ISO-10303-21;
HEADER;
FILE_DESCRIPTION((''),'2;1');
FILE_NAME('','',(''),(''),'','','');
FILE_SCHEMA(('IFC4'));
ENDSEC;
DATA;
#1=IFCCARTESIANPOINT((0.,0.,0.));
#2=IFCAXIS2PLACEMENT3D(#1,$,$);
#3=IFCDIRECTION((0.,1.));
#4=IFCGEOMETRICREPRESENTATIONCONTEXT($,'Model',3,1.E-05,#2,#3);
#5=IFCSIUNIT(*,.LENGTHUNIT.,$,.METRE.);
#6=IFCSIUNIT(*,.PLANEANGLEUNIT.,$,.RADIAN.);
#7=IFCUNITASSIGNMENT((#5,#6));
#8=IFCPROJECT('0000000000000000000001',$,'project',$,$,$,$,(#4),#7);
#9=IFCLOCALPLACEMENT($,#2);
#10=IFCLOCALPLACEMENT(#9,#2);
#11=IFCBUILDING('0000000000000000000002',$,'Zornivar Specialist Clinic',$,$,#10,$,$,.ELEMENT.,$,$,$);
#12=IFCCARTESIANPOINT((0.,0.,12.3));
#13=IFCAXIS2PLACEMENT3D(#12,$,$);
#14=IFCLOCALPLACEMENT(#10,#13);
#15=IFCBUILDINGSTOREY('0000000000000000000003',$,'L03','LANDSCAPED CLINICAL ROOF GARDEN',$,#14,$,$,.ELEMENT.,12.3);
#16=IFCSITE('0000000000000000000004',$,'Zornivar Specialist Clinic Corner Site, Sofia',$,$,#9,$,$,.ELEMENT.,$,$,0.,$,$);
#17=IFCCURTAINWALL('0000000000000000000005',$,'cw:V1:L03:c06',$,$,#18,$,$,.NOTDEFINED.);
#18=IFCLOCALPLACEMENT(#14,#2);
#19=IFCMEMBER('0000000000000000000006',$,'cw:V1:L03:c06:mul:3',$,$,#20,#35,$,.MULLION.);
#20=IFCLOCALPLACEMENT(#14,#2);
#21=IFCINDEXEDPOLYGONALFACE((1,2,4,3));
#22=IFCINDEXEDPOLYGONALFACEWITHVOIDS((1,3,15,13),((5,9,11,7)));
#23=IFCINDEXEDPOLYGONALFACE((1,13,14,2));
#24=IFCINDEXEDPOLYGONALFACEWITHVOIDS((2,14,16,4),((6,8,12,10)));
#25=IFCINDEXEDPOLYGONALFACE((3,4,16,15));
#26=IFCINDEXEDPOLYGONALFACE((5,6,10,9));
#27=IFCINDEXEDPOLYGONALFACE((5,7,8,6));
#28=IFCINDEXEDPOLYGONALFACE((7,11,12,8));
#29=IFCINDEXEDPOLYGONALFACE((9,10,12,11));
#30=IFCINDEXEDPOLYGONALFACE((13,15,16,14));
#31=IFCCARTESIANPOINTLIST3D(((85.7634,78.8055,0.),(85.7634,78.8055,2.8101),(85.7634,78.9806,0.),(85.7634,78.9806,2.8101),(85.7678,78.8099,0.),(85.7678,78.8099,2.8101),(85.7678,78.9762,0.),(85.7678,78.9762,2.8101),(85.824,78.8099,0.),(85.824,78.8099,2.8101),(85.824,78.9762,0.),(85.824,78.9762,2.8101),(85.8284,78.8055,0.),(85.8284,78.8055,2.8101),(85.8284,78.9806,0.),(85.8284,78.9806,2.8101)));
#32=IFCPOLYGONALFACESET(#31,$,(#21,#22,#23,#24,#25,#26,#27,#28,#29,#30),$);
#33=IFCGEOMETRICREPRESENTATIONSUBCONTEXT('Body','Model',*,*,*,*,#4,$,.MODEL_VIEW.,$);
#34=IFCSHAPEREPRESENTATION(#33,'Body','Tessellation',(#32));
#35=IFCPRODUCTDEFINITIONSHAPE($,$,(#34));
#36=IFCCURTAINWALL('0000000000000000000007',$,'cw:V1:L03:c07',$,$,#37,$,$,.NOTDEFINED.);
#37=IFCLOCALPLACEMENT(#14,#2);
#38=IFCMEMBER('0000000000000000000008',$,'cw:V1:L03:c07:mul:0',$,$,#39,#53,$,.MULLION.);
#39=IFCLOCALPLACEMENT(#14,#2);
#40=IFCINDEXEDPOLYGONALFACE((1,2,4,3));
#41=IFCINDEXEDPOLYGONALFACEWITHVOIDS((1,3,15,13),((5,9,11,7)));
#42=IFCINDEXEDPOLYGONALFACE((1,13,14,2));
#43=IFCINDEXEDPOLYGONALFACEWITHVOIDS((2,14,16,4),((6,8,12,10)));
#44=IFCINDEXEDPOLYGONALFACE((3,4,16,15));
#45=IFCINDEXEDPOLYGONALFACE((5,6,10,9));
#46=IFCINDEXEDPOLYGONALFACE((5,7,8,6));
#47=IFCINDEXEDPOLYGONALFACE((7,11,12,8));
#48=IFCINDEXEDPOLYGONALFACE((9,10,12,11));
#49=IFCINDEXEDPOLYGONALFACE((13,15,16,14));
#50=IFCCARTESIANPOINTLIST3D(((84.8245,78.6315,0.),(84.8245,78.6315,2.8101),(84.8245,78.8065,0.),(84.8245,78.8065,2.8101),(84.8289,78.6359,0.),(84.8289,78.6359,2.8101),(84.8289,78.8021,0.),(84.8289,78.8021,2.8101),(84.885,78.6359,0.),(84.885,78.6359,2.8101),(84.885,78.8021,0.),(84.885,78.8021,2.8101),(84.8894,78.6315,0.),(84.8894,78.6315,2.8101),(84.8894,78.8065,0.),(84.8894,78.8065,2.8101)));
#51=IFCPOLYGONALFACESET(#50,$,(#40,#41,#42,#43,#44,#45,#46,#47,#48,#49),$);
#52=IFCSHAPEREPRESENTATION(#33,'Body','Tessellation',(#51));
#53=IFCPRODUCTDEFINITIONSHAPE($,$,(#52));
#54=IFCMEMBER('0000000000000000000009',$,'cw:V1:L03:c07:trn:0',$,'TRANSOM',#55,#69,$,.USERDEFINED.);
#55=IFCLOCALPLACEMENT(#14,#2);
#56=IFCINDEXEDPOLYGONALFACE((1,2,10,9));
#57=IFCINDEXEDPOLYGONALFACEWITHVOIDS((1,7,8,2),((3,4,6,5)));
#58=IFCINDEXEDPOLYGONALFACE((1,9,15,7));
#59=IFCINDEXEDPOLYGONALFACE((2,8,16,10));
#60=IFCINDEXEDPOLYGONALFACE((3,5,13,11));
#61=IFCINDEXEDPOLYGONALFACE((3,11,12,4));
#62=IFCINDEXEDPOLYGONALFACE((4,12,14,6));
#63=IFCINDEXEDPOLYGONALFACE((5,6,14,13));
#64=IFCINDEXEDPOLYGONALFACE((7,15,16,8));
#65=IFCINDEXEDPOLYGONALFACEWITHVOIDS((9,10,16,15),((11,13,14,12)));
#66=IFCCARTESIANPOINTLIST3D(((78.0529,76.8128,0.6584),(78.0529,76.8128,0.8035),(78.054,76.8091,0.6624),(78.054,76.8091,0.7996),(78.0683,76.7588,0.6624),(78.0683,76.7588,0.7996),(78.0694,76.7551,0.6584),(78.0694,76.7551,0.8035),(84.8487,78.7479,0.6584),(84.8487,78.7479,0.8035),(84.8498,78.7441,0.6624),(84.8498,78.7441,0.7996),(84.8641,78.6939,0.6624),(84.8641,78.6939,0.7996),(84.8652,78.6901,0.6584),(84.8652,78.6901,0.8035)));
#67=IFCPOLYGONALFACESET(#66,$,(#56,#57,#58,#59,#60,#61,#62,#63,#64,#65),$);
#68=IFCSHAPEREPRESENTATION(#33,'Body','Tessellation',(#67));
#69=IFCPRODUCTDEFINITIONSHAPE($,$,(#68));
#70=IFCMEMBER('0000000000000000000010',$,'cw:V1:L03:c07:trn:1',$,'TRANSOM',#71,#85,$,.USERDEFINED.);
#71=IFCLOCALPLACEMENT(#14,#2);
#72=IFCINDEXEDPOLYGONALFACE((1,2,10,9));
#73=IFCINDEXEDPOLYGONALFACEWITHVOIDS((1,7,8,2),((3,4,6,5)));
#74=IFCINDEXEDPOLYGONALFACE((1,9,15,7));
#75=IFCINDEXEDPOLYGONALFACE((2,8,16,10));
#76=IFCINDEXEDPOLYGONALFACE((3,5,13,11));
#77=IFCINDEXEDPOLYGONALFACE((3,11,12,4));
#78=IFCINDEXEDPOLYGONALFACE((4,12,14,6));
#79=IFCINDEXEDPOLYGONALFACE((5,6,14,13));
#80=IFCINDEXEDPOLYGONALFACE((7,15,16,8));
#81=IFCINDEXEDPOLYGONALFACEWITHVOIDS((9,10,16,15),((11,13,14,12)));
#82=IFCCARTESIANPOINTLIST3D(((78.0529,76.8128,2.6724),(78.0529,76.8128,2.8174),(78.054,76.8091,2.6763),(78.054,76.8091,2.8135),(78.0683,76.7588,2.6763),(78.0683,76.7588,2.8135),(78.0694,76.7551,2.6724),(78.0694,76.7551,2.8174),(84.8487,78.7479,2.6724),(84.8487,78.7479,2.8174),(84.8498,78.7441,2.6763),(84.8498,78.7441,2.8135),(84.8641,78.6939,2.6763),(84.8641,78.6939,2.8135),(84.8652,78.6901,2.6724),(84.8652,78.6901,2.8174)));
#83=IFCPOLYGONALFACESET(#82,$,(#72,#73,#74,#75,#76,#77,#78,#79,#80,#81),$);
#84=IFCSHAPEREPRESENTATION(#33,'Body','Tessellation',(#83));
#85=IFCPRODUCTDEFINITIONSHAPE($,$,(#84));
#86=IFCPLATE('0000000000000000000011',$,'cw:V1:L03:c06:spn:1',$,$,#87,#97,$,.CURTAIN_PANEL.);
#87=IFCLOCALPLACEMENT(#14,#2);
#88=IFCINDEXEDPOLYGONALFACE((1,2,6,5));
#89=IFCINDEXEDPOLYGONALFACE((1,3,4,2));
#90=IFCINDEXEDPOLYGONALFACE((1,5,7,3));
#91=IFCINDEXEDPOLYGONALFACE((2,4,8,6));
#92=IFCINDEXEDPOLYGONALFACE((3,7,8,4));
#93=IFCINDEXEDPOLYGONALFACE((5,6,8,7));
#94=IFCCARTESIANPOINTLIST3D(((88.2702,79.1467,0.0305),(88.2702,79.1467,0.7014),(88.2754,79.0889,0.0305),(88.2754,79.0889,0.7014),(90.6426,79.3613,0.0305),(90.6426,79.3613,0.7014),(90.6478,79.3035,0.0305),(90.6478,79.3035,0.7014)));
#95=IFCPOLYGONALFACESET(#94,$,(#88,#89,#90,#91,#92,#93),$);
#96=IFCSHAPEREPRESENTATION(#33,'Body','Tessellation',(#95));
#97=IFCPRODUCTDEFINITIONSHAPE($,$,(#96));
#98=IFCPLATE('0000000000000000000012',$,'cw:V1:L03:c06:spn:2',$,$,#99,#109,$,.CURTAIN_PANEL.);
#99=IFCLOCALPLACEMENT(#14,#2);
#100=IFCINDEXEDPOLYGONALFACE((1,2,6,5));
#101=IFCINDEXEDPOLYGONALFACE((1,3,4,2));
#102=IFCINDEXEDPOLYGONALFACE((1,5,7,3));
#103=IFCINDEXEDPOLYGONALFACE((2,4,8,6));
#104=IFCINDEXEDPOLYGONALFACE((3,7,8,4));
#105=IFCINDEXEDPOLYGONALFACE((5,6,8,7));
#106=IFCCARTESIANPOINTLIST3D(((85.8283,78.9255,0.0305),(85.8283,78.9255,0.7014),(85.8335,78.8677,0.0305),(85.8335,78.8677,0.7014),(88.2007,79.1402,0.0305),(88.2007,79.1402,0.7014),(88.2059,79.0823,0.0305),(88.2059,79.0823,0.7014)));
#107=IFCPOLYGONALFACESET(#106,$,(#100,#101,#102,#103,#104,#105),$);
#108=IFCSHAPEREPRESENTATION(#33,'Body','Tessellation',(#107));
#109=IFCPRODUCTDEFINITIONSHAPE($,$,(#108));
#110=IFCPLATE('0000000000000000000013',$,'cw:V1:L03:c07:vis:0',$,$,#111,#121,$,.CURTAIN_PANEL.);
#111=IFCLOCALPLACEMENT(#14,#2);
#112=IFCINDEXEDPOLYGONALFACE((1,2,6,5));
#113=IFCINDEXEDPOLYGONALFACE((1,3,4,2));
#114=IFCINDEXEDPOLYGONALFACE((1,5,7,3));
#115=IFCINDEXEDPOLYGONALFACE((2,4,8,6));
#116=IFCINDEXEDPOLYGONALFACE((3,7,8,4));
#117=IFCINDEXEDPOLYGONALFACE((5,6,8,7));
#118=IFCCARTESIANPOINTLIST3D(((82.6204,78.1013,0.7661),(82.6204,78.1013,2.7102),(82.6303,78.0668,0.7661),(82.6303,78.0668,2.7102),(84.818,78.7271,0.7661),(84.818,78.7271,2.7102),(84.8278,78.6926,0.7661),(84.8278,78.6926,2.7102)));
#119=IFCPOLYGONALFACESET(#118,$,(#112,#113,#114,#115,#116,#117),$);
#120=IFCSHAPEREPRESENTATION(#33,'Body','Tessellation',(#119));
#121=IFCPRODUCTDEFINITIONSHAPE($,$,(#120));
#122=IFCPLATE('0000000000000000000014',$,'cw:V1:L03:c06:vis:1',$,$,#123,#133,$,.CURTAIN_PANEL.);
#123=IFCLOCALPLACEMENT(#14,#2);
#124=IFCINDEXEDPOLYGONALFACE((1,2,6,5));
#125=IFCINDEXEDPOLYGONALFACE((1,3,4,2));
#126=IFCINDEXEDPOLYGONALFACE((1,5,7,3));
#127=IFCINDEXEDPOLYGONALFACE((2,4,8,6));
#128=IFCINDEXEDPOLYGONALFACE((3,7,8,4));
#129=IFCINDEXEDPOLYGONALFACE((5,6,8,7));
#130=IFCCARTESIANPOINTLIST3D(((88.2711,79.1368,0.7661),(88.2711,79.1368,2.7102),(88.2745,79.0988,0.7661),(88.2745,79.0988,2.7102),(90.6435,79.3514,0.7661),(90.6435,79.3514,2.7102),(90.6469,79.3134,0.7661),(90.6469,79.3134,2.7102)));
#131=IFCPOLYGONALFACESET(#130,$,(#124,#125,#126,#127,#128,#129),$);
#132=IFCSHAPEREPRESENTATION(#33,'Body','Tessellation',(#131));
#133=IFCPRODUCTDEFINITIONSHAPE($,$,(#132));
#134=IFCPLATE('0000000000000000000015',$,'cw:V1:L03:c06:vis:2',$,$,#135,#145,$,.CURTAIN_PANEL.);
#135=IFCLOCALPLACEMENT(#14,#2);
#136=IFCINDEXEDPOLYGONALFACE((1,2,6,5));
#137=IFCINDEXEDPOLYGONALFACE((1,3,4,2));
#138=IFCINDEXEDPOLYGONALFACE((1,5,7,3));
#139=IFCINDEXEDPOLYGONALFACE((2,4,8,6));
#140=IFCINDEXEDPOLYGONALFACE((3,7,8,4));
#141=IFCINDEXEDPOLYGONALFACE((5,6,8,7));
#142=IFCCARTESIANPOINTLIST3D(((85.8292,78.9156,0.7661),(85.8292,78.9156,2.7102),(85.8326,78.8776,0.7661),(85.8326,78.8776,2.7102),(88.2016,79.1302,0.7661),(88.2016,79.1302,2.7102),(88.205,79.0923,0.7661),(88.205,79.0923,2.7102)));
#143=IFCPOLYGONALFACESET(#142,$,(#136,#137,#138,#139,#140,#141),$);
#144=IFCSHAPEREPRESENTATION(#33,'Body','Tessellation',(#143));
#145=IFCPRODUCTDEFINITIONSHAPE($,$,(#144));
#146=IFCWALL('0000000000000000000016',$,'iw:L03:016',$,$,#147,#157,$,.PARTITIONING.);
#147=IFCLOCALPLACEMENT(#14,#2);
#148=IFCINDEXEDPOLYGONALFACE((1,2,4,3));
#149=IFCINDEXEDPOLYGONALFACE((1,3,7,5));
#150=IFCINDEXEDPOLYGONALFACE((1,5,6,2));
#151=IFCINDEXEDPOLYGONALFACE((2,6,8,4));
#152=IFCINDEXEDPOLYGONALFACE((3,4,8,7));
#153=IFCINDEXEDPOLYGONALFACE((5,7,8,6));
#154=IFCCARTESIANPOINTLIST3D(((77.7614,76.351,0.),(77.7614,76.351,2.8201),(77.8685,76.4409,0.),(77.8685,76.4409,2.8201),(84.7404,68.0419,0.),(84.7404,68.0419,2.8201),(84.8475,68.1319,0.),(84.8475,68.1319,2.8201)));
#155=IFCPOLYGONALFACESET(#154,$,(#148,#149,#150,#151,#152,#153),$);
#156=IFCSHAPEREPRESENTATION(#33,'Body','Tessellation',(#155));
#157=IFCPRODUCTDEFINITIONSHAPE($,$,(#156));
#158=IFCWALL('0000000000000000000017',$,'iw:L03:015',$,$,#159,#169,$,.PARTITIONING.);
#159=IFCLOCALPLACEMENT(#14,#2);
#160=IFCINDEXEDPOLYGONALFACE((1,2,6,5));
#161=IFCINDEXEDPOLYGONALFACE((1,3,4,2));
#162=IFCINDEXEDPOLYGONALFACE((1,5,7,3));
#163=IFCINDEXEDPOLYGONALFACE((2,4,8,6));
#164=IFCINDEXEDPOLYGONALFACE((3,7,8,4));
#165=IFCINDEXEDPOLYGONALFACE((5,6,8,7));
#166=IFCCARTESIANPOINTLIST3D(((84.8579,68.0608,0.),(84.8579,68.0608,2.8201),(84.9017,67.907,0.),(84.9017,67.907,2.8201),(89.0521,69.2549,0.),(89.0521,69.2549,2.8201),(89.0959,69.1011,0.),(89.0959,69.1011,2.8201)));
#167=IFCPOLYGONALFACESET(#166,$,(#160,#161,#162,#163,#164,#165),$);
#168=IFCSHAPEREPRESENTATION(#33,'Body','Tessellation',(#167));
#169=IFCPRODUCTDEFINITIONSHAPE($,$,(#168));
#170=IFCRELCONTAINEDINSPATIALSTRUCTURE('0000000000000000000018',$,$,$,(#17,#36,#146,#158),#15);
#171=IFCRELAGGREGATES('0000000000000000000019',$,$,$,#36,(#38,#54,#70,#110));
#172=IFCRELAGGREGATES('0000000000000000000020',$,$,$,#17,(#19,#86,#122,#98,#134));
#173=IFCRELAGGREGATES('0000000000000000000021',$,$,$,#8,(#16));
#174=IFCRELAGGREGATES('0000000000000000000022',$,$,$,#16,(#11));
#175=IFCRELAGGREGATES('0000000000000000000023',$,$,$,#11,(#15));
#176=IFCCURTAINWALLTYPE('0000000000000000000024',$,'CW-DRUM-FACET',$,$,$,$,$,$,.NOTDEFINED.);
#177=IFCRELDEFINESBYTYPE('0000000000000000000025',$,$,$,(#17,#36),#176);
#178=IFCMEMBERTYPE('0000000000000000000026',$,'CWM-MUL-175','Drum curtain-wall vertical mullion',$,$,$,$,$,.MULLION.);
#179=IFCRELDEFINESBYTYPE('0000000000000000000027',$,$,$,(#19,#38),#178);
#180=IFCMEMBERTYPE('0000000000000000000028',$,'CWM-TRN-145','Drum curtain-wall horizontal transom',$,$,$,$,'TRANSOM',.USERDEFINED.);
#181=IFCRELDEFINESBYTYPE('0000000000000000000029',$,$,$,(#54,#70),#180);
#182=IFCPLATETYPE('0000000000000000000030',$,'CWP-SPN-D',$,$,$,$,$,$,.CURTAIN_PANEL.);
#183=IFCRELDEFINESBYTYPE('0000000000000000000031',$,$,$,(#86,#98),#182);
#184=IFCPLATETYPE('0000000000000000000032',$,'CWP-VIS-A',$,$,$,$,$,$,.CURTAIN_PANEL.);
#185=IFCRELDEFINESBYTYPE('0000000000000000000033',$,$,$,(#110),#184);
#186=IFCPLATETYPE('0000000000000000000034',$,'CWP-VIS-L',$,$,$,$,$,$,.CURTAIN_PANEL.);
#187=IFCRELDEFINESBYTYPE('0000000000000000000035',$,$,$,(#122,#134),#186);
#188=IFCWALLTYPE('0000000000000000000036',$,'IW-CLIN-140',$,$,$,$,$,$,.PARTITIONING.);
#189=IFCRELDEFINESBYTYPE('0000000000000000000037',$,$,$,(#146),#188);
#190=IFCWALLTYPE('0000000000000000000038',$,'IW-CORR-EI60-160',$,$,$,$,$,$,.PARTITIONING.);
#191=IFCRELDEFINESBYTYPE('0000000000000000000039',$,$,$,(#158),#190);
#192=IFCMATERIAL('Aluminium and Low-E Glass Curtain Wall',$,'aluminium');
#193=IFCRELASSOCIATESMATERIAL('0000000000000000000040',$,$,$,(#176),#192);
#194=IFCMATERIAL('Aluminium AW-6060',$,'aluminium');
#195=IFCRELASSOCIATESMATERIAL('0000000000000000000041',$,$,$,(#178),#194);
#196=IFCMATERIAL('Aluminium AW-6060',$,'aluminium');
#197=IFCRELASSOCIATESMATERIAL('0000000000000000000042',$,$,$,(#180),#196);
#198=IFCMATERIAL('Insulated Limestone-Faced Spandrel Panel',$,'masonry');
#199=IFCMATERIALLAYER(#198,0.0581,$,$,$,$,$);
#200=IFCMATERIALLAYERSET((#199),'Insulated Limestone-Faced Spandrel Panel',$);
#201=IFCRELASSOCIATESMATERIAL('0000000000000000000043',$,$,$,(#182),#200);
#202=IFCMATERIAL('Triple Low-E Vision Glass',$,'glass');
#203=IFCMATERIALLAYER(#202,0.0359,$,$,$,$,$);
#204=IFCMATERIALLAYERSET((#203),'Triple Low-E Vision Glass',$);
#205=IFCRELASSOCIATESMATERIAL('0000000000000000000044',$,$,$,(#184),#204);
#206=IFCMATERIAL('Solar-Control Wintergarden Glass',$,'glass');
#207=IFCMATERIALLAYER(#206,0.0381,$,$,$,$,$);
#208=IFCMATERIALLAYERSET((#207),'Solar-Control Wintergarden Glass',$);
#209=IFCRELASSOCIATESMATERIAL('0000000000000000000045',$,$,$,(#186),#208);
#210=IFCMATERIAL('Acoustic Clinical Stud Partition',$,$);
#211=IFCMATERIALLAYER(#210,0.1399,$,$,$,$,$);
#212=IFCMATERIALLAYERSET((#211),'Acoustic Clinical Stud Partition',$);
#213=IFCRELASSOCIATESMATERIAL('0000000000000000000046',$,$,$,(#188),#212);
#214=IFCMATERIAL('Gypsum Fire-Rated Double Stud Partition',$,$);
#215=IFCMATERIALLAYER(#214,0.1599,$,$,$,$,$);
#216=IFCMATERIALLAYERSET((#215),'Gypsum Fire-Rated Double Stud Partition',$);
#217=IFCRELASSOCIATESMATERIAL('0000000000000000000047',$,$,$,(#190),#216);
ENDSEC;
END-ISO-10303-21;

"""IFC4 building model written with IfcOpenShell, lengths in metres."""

from ifc_helpers import new_model, si_unit, direction, frame, frame_2d, origin, origin_2d, place, context, subcontext, project, spatial, rectangle, hollow_rectangle, extrude, material, layer, layer_set, material_profile, profile_set, type_object, element, aggregate, save


model = new_model("IFC4")

# Units and contexts
model_context = context("Model", 3, precision=1e-05, world=origin(), true_north=direction((0.0, 1.0)))
body_context = subcontext(model_context, "Body", "Model", "MODEL_VIEW")
ifc_project = project(units=[si_unit("LENGTHUNIT", "METRE"), si_unit("PLANEANGLEUNIT", "RADIAN")], contexts=[model_context])

# Site, building, storey
site_placement = place(None, origin())
site = spatial("IfcSite", under=ifc_project, at=site_placement, Name="Zornivar Specialist Clinic Corner Site, Sofia", CompositionType="ELEMENT", RefElevation=0.0)
building_placement = place(site_placement, origin())
building = spatial("IfcBuilding", under=site, at=building_placement, Name="Zornivar Specialist Clinic", CompositionType="ELEMENT")
storey_placement = place(building_placement, frame((0.0, 0.0, 12.3)))
storey = spatial("IfcBuildingStorey", under=building, at=storey_placement, Name="L03", Description="LANDSCAPED CLINICAL ROOF GARDEN", CompositionType="ELEMENT", Elevation=12.3)

# Curtain walls, members
ifc_material_1 = material(Name="Aluminium and Low-E Glass Curtain Wall", Category="aluminium")
curtain_wall_type = type_object("IfcCurtainWallType", Name="CW-DRUM-FACET", PredefinedType="NOTDEFINED", material=ifc_material_1)
curtain_wall_1_placement = place(storey_placement, origin())
curtain_wall_1 = element("IfcCurtainWall", 1, at=curtain_wall_1_placement, inside=storey, type_object=curtain_wall_type, Name="cw:V1:L03:c06", PredefinedType="NOTDEFINED")
ifc_material_2 = material(Name="Aluminium AW-6060", Category="aluminium")
ifc_material_profile_1 = material_profile(ifc_material_2, hollow_rectangle(XDim=0.0649, YDim=0.175, WallThickness=0.0044, at=origin_2d()), Name="ALU 65x175x4.5")
ifc_profile_set_1 = profile_set([ifc_material_profile_1], Name="Aluminium AW-6060")
member_type_1 = type_object("IfcMemberType", Name="CWM-MUL-175", Description="Drum curtain-wall vertical mullion", PredefinedType="MULLION", material=ifc_profile_set_1)
member_1_placement = place(storey_placement, frame((85.7959, 78.8931, 0.0), z_axis=(0.0, 0.0, 1.0), x_axis=(1.0, 0.0, 0.0)))
member_1 = element("IfcMember", 2, at=member_1_placement, type_object=member_type_1, Name="cw:V1:L03:c06:mul:3", PredefinedType="MULLION", context=body_context, shape_type="SweptSolid", body=[
    extrude(hollow_rectangle(XDim=0.0649, YDim=0.175, WallThickness=0.0044, at=origin_2d()), origin(), (0.0, 0.0, 1.0), 2.8101),
])
curtain_wall_2_placement = place(storey_placement, origin())
curtain_wall_2 = element("IfcCurtainWall", 3, at=curtain_wall_2_placement, inside=storey, type_object=curtain_wall_type, Name="cw:V1:L03:c07", PredefinedType="NOTDEFINED")
member_2_placement = place(storey_placement, frame((84.8569, 78.719, 0.0), z_axis=(0.0, 0.0, 1.0), x_axis=(1.0, 0.0, 0.0)))
member_2 = element("IfcMember", 4, at=member_2_placement, type_object=member_type_1, Name="cw:V1:L03:c07:mul:0", PredefinedType="MULLION", context=body_context, shape_type="SweptSolid", body=[
    extrude(hollow_rectangle(XDim=0.0649, YDim=0.175, WallThickness=0.0044, at=origin_2d()), origin(), (0.0, 0.0, 1.0), 2.8101),
])
ifc_material_3 = material(Name="Aluminium AW-6060", Category="aluminium")
ifc_material_profile_2 = material_profile(ifc_material_3, hollow_rectangle(XDim=0.0601, YDim=0.145, WallThickness=0.0039, at=origin_2d()), Name="ALU 60x145x4")
ifc_profile_set_2 = profile_set([ifc_material_profile_2], Name="Aluminium AW-6060")
member_type_2 = type_object("IfcMemberType", Name="CWM-TRN-145", Description="Drum curtain-wall horizontal transom", ElementType="TRANSOM", PredefinedType="USERDEFINED", material=ifc_profile_set_2)
member_3_placement = place(storey_placement, frame((84.8569, 78.719, 0.731), z_axis=(-0.961771, -0.273854, 0.0), x_axis=(0.273854, -0.961771, 0.0)))
member_3 = element("IfcMember", 5, at=member_3_placement, type_object=member_type_2, Name="cw:V1:L03:c07:trn:0", ObjectType="TRANSOM", PredefinedType="USERDEFINED", context=body_context, shape_type="SweptSolid", body=[
    extrude(hollow_rectangle(XDim=0.0601, YDim=0.145, WallThickness=0.0039, at=origin_2d()), origin(), (0.0, 0.0, 1.0), 7.0659),
])
member_4_placement = place(storey_placement, frame((84.8569, 78.719, 2.7449), z_axis=(-0.961771, -0.273854, 0.0), x_axis=(0.273854, -0.961771, 0.0)))
member_4 = element("IfcMember", 6, at=member_4_placement, type_object=member_type_2, Name="cw:V1:L03:c07:trn:1", ObjectType="TRANSOM", PredefinedType="USERDEFINED", context=body_context, shape_type="SweptSolid", body=[
    extrude(hollow_rectangle(XDim=0.0601, YDim=0.145, WallThickness=0.0039, at=origin_2d()), origin(), (0.0, 0.0, 1.0), 7.0659),
])

# Plates
ifc_material_4 = material(Name="Insulated Limestone-Faced Spandrel Panel", Category="masonry")
ifc_layer_1 = layer(ifc_material_4, 0.0581)
ifc_layer_set_1 = layer_set([ifc_layer_1], Name="Insulated Limestone-Faced Spandrel Panel")
plate_type_1 = type_object("IfcPlateType", Name="CWP-SPN-D", PredefinedType="CURTAIN_PANEL", material=ifc_layer_set_1)
plate_1_placement = place(storey_placement, frame((89.459, 79.2251, 0.0305), z_axis=(0.0, 0.0, 1.0), x_axis=(-0.995933, -0.090099, 0.0)))
plate_1 = element("IfcPlate", 7, at=plate_1_placement, type_object=plate_type_1, Name="cw:V1:L03:c06:spn:1", PredefinedType="CURTAIN_PANEL", context=body_context, shape_type="SweptSolid", body=[
    extrude(rectangle(XDim=2.3821, YDim=0.0581, at=origin_2d()), origin(), (0.0, 0.0, 1.0), 0.6709),
])
plate_2_placement = place(storey_placement, frame((87.0171, 79.0039, 0.0305), z_axis=(0.0, 0.0, 1.0), x_axis=(-0.995933, -0.090099, 0.0)))
plate_2 = element("IfcPlate", 8, at=plate_2_placement, type_object=plate_type_1, Name="cw:V1:L03:c06:spn:2", PredefinedType="CURTAIN_PANEL", context=body_context, shape_type="SweptSolid", body=[
    extrude(rectangle(XDim=2.3821, YDim=0.0581, at=origin_2d()), origin(), (0.0, 0.0, 1.0), 0.6709),
])
ifc_material_5 = material(Name="Triple Low-E Vision Glass", Category="glass")
ifc_layer_2 = layer(ifc_material_5, 0.0359)
ifc_layer_set_2 = layer_set([ifc_layer_2], Name="Triple Low-E Vision Glass")
plate_type_2 = type_object("IfcPlateType", Name="CWP-VIS-A", PredefinedType="CURTAIN_PANEL", material=ifc_layer_set_2)
plate_3_placement = place(storey_placement, frame((83.7241, 78.397, 0.7661), z_axis=(0.0, 0.0, 1.0), x_axis=(-0.961761, -0.273889, 0.0)))
plate_3 = element("IfcPlate", 9, at=plate_3_placement, type_object=plate_type_2, Name="cw:V1:L03:c07:vis:0", PredefinedType="CURTAIN_PANEL", context=body_context, shape_type="SweptSolid", body=[
    extrude(rectangle(XDim=2.2849, YDim=0.0359, at=origin_2d()), origin(), (0.0, 0.0, 1.0), 1.9441),
])
aggregate(curtain_wall_2, [member_2, member_3, member_4, plate_3])
ifc_material_6 = material(Name="Solar-Control Wintergarden Glass", Category="glass")
ifc_layer_3 = layer(ifc_material_6, 0.0381)
ifc_layer_set_3 = layer_set([ifc_layer_3], Name="Solar-Control Wintergarden Glass")
plate_type_3 = type_object("IfcPlateType", Name="CWP-VIS-L", PredefinedType="CURTAIN_PANEL", material=ifc_layer_set_3)
plate_4_placement = place(storey_placement, frame((89.459, 79.2251, 0.7661), z_axis=(0.0, 0.0, 1.0), x_axis=(-0.995933, -0.090099, 0.0)))
plate_4 = element("IfcPlate", 10, at=plate_4_placement, type_object=plate_type_3, Name="cw:V1:L03:c06:vis:1", PredefinedType="CURTAIN_PANEL", context=body_context, shape_type="SweptSolid", body=[
    extrude(rectangle(XDim=2.3821, YDim=0.0381, at=origin_2d()), origin(), (0.0, 0.0, 1.0), 1.9441),
])
plate_5_placement = place(storey_placement, frame((87.0171, 79.0039, 0.7661), z_axis=(0.0, 0.0, 1.0), x_axis=(-0.995933, -0.090099, 0.0)))
plate_5 = element("IfcPlate", 11, at=plate_5_placement, type_object=plate_type_3, Name="cw:V1:L03:c06:vis:2", PredefinedType="CURTAIN_PANEL", context=body_context, shape_type="SweptSolid", body=[
    extrude(rectangle(XDim=2.3821, YDim=0.0381, at=origin_2d()), origin(), (0.0, 0.0, 1.0), 1.9441),
])
aggregate(curtain_wall_1, [member_1, plate_1, plate_4, plate_2, plate_5])

# Walls
ifc_material_7 = material(Name="Acoustic Clinical Stud Partition")
ifc_layer_4 = layer(ifc_material_7, 0.1399)
ifc_layer_set_4 = layer_set([ifc_layer_4], Name="Acoustic Clinical Stud Partition")
wall_type_1 = type_object("IfcWallType", Name="IW-CLIN-140", PredefinedType="PARTITIONING", material=ifc_layer_set_4)
wall_1_placement = place(storey_placement, frame((84.7939, 68.0869, 0.0), z_axis=(0.0, 0.0, 1.0), x_axis=(-0.643158, 0.765733, 0.0)))
element("IfcWall", 12, at=wall_1_placement, inside=storey, type_object=wall_type_1, Name="iw:L03:016", PredefinedType="PARTITIONING", context=body_context, shape_type="SweptSolid", body=[
    extrude(rectangle(XDim=10.8511, YDim=0.1399, at=frame_2d((5.4255, 0.0))), origin(), (0.0, 0.0, 1.0), 2.8201),
])
ifc_material_8 = material(Name="Gypsum Fire-Rated Double Stud Partition")
ifc_layer_5 = layer(ifc_material_8, 0.1599)
ifc_layer_set_5 = layer_set([ifc_layer_5], Name="Gypsum Fire-Rated Double Stud Partition")
wall_type_2 = type_object("IfcWallType", Name="IW-CORR-EI60-160", PredefinedType="PARTITIONING", material=ifc_layer_set_5)
wall_2_placement = place(storey_placement, frame((89.074, 69.178, 0.0), z_axis=(0.0, 0.0, 1.0), x_axis=(-0.961779, -0.273826, 0.0)))
element("IfcWall", 13, at=wall_2_placement, inside=storey, type_object=wall_type_2, Name="iw:L03:015", PredefinedType="PARTITIONING", context=body_context, shape_type="SweptSolid", body=[
    extrude(rectangle(XDim=4.3608, YDim=0.1599, at=frame_2d((2.1804, 0.0))), origin(), (0.0, 0.0, 1.0), 2.8201),
])

save(model, "model.ifc")
